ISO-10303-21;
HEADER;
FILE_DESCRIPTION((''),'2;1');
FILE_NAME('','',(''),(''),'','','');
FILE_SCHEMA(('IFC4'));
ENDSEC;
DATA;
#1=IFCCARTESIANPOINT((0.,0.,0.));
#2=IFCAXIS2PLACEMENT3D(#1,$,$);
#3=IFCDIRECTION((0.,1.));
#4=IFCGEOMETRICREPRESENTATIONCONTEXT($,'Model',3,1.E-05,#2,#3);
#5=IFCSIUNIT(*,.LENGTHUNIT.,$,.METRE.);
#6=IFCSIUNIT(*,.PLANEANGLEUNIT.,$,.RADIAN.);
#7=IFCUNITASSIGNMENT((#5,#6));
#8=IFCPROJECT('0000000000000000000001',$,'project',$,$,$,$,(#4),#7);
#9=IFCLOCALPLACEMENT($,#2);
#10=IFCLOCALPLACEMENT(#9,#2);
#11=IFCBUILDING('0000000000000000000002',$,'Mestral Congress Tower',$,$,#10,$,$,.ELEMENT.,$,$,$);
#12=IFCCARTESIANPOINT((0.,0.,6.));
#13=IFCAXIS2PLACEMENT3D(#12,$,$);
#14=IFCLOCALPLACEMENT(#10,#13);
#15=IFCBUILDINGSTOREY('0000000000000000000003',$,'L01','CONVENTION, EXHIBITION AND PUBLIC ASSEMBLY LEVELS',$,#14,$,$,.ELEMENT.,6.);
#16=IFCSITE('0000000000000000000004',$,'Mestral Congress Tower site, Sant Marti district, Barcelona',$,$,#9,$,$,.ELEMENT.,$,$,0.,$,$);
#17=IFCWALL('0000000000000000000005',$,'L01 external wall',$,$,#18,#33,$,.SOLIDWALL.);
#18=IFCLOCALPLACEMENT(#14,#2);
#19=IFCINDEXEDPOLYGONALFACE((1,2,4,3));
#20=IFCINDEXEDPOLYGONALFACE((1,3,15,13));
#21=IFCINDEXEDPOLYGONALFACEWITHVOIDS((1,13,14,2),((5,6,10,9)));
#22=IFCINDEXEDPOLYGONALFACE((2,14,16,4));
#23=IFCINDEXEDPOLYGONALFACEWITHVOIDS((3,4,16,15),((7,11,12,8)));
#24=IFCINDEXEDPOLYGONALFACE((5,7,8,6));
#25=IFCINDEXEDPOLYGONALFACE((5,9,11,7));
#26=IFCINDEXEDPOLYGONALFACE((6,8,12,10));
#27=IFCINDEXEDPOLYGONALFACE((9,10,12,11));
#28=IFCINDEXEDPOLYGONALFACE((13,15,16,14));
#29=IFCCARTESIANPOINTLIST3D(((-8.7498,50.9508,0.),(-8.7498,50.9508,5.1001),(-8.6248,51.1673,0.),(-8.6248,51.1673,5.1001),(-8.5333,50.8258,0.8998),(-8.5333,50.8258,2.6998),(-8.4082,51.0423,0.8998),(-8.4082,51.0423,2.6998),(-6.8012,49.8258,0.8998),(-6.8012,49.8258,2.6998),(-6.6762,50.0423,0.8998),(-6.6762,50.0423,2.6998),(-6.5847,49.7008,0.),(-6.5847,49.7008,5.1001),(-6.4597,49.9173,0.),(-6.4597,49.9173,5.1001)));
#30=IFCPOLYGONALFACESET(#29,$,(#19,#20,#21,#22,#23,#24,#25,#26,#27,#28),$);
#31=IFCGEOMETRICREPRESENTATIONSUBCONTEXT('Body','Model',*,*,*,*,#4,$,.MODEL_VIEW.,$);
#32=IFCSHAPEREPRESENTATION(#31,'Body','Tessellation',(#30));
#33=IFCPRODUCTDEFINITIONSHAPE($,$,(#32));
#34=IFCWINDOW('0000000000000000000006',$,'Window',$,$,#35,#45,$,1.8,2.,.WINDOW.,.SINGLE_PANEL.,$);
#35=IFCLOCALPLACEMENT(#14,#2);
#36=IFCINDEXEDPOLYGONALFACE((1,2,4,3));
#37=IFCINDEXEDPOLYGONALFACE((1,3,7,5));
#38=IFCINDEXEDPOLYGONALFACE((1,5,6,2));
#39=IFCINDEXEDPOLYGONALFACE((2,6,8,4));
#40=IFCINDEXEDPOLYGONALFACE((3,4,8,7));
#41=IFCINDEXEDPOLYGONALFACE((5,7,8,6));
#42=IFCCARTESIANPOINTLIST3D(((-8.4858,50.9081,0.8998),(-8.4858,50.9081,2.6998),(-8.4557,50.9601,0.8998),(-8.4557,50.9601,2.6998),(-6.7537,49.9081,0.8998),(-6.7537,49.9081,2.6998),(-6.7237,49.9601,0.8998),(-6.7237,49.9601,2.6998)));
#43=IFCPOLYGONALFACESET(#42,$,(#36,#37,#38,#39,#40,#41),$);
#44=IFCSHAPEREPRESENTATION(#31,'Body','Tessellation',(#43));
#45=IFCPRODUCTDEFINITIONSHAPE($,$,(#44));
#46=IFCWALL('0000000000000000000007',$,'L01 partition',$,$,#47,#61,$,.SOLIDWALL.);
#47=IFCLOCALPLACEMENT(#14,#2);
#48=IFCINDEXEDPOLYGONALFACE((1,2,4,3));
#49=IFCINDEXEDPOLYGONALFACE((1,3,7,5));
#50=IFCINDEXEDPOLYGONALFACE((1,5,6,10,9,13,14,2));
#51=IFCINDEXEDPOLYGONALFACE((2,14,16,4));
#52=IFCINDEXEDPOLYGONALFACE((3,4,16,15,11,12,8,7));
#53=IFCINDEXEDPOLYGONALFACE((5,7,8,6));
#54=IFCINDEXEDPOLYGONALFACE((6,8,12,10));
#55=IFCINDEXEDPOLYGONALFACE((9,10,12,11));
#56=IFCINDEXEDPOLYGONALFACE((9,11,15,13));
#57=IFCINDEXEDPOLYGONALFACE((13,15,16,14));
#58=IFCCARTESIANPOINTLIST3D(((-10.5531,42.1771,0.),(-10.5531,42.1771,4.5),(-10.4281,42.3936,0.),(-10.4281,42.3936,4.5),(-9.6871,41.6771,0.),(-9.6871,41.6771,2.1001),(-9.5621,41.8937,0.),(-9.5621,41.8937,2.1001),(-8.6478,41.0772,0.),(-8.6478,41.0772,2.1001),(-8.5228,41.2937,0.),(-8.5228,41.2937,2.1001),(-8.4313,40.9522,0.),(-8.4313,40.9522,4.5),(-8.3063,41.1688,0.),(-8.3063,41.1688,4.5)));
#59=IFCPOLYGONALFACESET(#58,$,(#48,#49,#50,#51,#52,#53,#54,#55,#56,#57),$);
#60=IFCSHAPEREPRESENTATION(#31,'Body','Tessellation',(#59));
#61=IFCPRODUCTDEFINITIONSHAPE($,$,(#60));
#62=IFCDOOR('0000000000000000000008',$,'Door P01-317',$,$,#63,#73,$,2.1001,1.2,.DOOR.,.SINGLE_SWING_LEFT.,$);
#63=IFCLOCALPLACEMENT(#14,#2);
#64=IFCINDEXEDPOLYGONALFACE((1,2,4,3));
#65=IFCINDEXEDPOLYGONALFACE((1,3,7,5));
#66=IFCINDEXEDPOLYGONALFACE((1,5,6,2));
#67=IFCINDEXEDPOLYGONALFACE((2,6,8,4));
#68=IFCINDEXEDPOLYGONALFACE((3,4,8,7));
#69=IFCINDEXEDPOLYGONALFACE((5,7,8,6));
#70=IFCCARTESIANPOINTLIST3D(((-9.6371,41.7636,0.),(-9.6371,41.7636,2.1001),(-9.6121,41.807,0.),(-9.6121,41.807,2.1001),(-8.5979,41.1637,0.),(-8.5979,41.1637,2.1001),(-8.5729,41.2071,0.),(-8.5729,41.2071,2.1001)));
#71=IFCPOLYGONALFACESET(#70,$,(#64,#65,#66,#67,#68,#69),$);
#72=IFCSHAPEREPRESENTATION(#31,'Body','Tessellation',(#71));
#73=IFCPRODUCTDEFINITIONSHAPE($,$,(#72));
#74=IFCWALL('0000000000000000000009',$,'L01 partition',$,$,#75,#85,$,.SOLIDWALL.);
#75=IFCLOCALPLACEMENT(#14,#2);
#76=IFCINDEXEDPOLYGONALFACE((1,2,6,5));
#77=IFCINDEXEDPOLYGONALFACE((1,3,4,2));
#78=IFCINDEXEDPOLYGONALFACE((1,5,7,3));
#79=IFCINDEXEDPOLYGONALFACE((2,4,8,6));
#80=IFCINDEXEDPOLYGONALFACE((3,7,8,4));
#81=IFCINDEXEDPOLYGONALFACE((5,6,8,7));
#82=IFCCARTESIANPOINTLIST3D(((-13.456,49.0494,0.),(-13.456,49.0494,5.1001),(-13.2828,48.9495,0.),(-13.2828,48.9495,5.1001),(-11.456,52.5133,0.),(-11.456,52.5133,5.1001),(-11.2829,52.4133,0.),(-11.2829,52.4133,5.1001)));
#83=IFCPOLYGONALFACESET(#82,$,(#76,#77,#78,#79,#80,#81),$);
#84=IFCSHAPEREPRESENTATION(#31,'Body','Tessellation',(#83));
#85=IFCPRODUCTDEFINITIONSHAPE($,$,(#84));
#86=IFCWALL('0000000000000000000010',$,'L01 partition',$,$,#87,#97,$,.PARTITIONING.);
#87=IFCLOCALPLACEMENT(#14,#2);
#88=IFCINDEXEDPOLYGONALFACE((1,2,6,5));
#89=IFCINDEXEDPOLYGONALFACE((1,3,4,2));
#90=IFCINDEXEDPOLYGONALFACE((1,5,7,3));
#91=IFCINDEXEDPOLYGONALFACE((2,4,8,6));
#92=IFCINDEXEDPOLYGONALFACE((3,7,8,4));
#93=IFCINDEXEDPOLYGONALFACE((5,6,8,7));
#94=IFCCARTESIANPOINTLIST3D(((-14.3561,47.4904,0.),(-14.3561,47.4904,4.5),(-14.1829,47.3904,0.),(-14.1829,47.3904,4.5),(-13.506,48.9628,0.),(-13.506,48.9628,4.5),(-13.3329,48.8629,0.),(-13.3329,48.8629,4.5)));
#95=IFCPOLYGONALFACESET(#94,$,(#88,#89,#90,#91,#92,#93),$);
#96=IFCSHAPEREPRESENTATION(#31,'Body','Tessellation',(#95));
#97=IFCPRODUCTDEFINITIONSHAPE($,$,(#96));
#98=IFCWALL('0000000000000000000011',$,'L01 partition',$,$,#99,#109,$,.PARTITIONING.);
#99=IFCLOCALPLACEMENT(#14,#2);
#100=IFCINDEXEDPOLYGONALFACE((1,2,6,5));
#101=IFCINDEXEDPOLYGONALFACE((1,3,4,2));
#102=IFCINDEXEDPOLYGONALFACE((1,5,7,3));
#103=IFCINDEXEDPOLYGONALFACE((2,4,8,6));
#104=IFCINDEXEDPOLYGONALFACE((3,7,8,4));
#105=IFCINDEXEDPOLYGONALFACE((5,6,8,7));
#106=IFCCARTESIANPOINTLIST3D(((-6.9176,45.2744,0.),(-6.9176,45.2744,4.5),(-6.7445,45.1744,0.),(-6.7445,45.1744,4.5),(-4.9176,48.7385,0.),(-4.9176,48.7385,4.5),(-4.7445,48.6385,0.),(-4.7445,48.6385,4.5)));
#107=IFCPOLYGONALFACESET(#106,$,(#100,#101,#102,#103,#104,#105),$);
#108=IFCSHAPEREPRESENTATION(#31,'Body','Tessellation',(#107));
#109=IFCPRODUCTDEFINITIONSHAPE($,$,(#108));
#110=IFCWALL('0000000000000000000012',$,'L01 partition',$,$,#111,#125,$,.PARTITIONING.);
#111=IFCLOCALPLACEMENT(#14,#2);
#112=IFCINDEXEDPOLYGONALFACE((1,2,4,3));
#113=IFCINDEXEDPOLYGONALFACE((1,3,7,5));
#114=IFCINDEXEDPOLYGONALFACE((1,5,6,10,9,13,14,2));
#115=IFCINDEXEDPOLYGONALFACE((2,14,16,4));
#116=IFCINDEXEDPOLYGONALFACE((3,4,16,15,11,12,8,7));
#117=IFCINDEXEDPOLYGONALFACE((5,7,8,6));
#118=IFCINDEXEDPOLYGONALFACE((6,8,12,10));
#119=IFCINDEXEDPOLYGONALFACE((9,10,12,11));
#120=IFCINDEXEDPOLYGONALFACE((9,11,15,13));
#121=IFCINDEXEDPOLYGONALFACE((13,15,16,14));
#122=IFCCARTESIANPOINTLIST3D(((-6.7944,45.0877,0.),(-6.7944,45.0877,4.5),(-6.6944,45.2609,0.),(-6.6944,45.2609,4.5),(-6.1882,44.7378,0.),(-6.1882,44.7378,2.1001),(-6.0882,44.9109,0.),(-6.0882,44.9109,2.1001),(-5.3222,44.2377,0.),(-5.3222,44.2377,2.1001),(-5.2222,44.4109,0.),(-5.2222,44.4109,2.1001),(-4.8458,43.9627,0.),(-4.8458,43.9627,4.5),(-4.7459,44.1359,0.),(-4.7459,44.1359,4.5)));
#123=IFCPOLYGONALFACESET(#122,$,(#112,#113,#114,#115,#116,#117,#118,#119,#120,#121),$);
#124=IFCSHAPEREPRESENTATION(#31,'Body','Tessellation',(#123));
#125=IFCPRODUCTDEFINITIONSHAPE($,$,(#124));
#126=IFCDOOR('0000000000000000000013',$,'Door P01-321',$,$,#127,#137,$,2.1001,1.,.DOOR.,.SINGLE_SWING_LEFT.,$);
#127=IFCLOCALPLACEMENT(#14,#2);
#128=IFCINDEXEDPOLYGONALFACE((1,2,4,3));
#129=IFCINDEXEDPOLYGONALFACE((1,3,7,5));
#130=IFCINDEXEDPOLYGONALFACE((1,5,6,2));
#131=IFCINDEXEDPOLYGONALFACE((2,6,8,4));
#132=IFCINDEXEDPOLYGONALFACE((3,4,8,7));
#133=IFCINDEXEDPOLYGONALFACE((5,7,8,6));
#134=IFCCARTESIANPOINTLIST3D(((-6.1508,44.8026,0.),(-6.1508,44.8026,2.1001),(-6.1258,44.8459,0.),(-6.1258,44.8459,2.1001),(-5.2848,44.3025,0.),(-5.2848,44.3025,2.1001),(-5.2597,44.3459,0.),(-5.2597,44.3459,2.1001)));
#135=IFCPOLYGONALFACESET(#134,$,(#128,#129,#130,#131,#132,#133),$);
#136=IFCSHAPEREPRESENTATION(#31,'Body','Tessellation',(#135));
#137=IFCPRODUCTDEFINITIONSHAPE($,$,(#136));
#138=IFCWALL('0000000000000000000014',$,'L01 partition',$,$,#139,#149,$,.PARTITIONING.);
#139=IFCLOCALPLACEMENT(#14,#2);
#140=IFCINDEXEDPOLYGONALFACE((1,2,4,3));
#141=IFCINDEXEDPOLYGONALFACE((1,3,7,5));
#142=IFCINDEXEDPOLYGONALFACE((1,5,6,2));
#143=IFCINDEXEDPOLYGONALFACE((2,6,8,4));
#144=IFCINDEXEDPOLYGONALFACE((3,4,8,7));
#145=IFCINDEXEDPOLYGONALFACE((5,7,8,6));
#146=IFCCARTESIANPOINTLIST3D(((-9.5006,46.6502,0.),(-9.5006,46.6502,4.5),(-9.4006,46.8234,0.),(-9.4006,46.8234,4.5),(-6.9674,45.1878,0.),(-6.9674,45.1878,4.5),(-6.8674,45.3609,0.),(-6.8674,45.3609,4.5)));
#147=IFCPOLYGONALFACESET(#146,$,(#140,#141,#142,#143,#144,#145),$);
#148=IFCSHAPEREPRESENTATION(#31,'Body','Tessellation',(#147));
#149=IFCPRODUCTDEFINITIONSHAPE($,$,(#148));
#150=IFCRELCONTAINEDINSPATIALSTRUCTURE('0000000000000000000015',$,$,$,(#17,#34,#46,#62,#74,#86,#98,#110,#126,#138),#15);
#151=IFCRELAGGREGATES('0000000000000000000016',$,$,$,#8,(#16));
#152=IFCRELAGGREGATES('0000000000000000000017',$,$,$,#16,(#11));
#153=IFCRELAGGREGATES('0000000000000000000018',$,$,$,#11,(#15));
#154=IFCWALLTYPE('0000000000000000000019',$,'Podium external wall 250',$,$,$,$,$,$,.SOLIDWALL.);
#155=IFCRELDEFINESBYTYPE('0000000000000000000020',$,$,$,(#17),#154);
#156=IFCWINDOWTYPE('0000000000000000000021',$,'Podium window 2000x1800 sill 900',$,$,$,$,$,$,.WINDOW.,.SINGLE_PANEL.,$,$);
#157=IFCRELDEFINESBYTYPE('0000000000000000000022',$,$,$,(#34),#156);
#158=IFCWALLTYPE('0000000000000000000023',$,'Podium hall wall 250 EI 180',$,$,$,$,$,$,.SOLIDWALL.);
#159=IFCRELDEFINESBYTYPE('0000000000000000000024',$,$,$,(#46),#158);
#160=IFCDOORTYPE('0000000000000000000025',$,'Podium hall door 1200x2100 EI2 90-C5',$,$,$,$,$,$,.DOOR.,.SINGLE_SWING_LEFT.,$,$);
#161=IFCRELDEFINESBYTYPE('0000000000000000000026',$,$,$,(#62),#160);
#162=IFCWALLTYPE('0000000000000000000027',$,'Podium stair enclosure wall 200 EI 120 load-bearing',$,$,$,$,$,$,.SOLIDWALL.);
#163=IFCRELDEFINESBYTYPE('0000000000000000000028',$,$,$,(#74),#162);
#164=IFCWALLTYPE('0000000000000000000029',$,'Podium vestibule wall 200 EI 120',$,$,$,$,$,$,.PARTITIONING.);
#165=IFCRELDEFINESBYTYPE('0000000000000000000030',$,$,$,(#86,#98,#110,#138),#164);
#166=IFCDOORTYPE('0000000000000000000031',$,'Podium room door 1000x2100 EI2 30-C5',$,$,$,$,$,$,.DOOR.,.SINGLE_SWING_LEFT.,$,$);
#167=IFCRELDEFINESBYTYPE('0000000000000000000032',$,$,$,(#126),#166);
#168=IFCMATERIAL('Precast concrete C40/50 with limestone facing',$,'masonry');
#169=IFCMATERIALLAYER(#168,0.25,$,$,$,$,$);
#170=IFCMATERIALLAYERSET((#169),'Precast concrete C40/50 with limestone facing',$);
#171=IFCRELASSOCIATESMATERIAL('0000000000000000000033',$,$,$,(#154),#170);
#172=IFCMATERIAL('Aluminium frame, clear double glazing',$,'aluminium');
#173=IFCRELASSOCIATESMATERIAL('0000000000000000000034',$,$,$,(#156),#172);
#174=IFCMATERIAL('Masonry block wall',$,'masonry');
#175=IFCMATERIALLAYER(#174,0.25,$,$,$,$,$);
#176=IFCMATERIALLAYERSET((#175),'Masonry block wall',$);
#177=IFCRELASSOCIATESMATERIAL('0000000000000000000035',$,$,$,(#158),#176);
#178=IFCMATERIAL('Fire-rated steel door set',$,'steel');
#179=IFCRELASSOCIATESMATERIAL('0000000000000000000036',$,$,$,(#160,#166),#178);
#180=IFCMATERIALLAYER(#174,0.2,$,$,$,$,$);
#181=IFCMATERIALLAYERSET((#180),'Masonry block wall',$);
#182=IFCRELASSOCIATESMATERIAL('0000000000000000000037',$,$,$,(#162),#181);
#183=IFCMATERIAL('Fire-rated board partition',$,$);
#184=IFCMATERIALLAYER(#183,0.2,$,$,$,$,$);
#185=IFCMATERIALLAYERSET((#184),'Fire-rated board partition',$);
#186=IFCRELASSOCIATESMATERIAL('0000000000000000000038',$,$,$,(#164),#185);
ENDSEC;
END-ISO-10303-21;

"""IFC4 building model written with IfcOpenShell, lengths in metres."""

from ifc_helpers import new_model, si_unit, direction, frame, frame_2d, origin, place, context, subcontext, project, spatial, rectangle, extrude, material, layer, layer_set, type_object, element, fill, save


model = new_model("IFC4")

# Units and contexts
model_context = context("Model", 3, precision=1e-05, world=origin(), true_north=direction((0.0, 1.0)))
body_context = subcontext(model_context, "Body", "Model", "MODEL_VIEW")
ifc_project = project(units=[si_unit("LENGTHUNIT", "METRE"), si_unit("PLANEANGLEUNIT", "RADIAN")], contexts=[model_context])

# Site, building, storey
site_placement = place(None, origin())
site = spatial("IfcSite", under=ifc_project, at=site_placement, Name="Mestral Congress Tower site, Sant Marti district, Barcelona", CompositionType="ELEMENT", RefElevation=0.0)
building_placement = place(site_placement, origin())
building = spatial("IfcBuilding", under=site, at=building_placement, Name="Mestral Congress Tower", CompositionType="ELEMENT")
storey_placement = place(building_placement, frame((0.0, 0.0, 6.0)))
storey = spatial("IfcBuildingStorey", under=building, at=storey_placement, Name="L01", Description="CONVENTION, EXHIBITION AND PUBLIC ASSEMBLY LEVELS", CompositionType="ELEMENT", Elevation=6.0)

# Shared definitions
ifc_material_1 = material(Name="Precast concrete C40/50 with limestone facing", Category="masonry")
ifc_layer_1 = layer(ifc_material_1, 0.25)
ifc_layer_set_1 = layer_set([ifc_layer_1], Name="Precast concrete C40/50 with limestone facing")
wall_type_1 = type_object("IfcWallType", Name="Podium external wall 250", PredefinedType="SOLIDWALL", material=ifc_layer_set_1)

# Wall, opening, window
wall_1_placement = place(storey_placement, frame((-8.6873, 51.0591, 0.0), z_axis=(0.0, 0.0, 1.0), x_axis=(0.866023, -0.500004, 0.0)))
wall_1 = element("IfcWall", 1, at=wall_1_placement, inside=storey, type_object=wall_type_1, Name="L01 external wall", PredefinedType="SOLIDWALL", context=body_context, shape_type="SweptSolid", body=[
    extrude(rectangle(XDim=2.5, YDim=0.25, at=frame_2d((1.25, 0.0))), origin(), (0.0, 0.0, 1.0), 5.1001),
])
opening_1_placement = place(wall_1_placement, frame((0.25, 0.0, 0.8999)))
opening_1 = element("IfcOpeningElement", 2, at=opening_1_placement, cuts=wall_1, PredefinedType="OPENING", context=body_context, shape_type="SweptSolid", body=[
    extrude(rectangle(XDim=2.0, YDim=1.8, at=frame_2d((1.0, 0.8999))), frame((0.0, 0.135, 0.0), z_axis=(0.0, -1.0, 0.0), x_axis=(1.0, 0.0, 0.0)), (0.0, 0.0, 1.0), 0.27),
])
ifc_material_2 = material(Name="Aluminium frame, clear double glazing", Category="aluminium")
window_type = type_object("IfcWindowType", Name="Podium window 2000x1800 sill 900", PartitioningType="SINGLE_PANEL", PredefinedType="WINDOW", material=ifc_material_2)
window_placement = place(opening_1_placement, origin())
window = element("IfcWindow", 3, at=window_placement, inside=storey, type_object=window_type, Name="Window", OverallHeight=1.8, OverallWidth=2.0, PartitioningType="SINGLE_PANEL", PredefinedType="WINDOW", context=body_context, shape_type="SweptSolid", body=[
    extrude(rectangle(XDim=2.0, YDim=1.8, at=frame_2d((1.0, 0.8999))), frame((0.0, 0.03, 0.0), z_axis=(0.0, -1.0, 0.0), x_axis=(1.0, 0.0, 0.0)), (0.0, 0.0, 1.0), 0.0601),
])
fill(opening_1, window)

# Wall, opening, door
ifc_material_3 = material(Name="Masonry block wall", Category="masonry")
ifc_layer_2 = layer(ifc_material_3, 0.25)
ifc_layer_set_2 = layer_set([ifc_layer_2], Name="Masonry block wall")
wall_type_2 = type_object("IfcWallType", Name="Podium hall wall 250 EI 180", PredefinedType="SOLIDWALL", material=ifc_layer_set_2)
wall_2_placement = place(storey_placement, frame((-10.4907, 42.2854, 0.0), z_axis=(0.0, 0.0, 1.0), x_axis=(0.866058, -0.499944, 0.0)))
wall_2 = element("IfcWall", 4, at=wall_2_placement, inside=storey, type_object=wall_type_2, Name="L01 partition", PredefinedType="SOLIDWALL", context=body_context, shape_type="SweptSolid", body=[
    extrude(rectangle(XDim=2.45, YDim=0.25, at=frame_2d((1.2251, 0.0))), origin(), (0.0, 0.0, 1.0), 4.5),
])
opening_2_placement = place(wall_2_placement, frame((1.0, 0.0, 0.0)))
opening_2 = element("IfcOpeningElement", 5, at=opening_2_placement, cuts=wall_2, PredefinedType="OPENING", context=body_context, shape_type="SweptSolid", body=[
    extrude(rectangle(XDim=1.2, YDim=2.1001, at=frame_2d((0.6001, 1.05))), frame((0.0, 0.135, 0.0), z_axis=(0.0, -1.0, 0.0), x_axis=(1.0, 0.0, 0.0)), (0.0, 0.0, 1.0), 0.27),
])
ifc_material_4 = material(Name="Fire-rated steel door set", Category="steel")
door_type_1 = type_object("IfcDoorType", Name="Podium hall door 1200x2100 EI2 90-C5", OperationType="SINGLE_SWING_LEFT", PredefinedType="DOOR", material=ifc_material_4)
door_1_placement = place(opening_2_placement, origin())
door_1 = element("IfcDoor", 6, at=door_1_placement, inside=storey, type_object=door_type_1, Name="Door P01-317", OperationType="SINGLE_SWING_LEFT", OverallHeight=2.1001, OverallWidth=1.2, PredefinedType="DOOR", context=body_context, shape_type="SweptSolid", body=[
    extrude(rectangle(XDim=1.2, YDim=2.1001, at=frame_2d((0.6001, 1.05))), frame((0.0, 0.0249, 0.0), z_axis=(0.0, -1.0, 0.0), x_axis=(1.0, 0.0, 0.0)), (0.0, 0.0, 1.0), 0.05),
])
fill(opening_2, door_1)

# Walls
ifc_layer_3 = layer(ifc_material_3, 0.2)
ifc_layer_set_3 = layer_set([ifc_layer_3], Name="Masonry block wall")
wall_type_3 = type_object("IfcWallType", Name="Podium stair enclosure wall 200 EI 120 load-bearing", PredefinedType="SOLIDWALL", material=ifc_layer_set_3)
wall_3_placement = place(storey_placement, frame((-11.3694, 52.4634, 0.0), z_axis=(0.0, 0.0, 1.0), x_axis=(-0.500025, -0.866011, 0.0)))
element("IfcWall", 7, at=wall_3_placement, inside=storey, type_object=wall_type_3, Name="L01 partition", PredefinedType="SOLIDWALL", context=body_context, shape_type="SweptSolid", body=[
    extrude(rectangle(XDim=3.9998, YDim=0.2, at=frame_2d((2.0, 0.0))), origin(), (0.0, 0.0, 1.0), 5.1001),
])
ifc_material_5 = material(Name="Fire-rated board partition")
ifc_layer_4 = layer(ifc_material_5, 0.2)
ifc_layer_set_4 = layer_set([ifc_layer_4], Name="Fire-rated board partition")
wall_type_4 = type_object("IfcWallType", Name="Podium vestibule wall 200 EI 120", PredefinedType="PARTITIONING", material=ifc_layer_set_4)
wall_4_placement = place(storey_placement, frame((-13.4194, 48.9128, 0.0), z_axis=(0.0, 0.0, 1.0), x_axis=(-0.5, -0.866025, 0.0)))
element("IfcWall", 8, at=wall_4_placement, inside=storey, type_object=wall_type_4, Name="L01 partition", PredefinedType="PARTITIONING", context=body_context, shape_type="SweptSolid", body=[
    extrude(rectangle(XDim=1.7002, YDim=0.2, at=frame_2d((0.8501, 0.0))), origin(), (0.0, 0.0, 1.0), 4.5),
])
wall_5_placement = place(storey_placement, frame((-4.8311, 48.6885, 0.0), z_axis=(0.0, 0.0, 1.0), x_axis=(-0.499999, -0.866026, 0.0)))
element("IfcWall", 9, at=wall_5_placement, inside=storey, type_object=wall_type_4, Name="L01 partition", PredefinedType="PARTITIONING", context=body_context, shape_type="SweptSolid", body=[
    extrude(rectangle(XDim=4.0, YDim=0.2, at=frame_2d((2.0, 0.0))), origin(), (0.0, 0.0, 1.0), 4.5),
])

# Wall, opening, door
wall_6_placement = place(storey_placement, frame((-6.7444, 45.1743, 0.0), z_axis=(0.0, 0.0, 1.0), x_axis=(0.866018, -0.500014, 0.0)))
wall_6 = element("IfcWall", 10, at=wall_6_placement, inside=storey, type_object=wall_type_4, Name="L01 partition", PredefinedType="PARTITIONING", context=body_context, shape_type="SweptSolid", body=[
    extrude(rectangle(XDim=2.25, YDim=0.2, at=frame_2d((1.125, 0.0))), origin(), (0.0, 0.0, 1.0), 4.5),
])
opening_3_placement = place(wall_6_placement, frame((0.7, 0.0, 0.0)))
opening_3 = element("IfcOpeningElement", 11, at=opening_3_placement, cuts=wall_6, PredefinedType="OPENING", context=body_context, shape_type="SweptSolid", body=[
    extrude(rectangle(XDim=1.0, YDim=2.1001, at=frame_2d((0.5, 1.05))), frame((0.0, 0.1099, 0.0), z_axis=(0.0, -1.0, 0.0), x_axis=(1.0, 0.0, 0.0)), (0.0, 0.0, 1.0), 0.22),
])
door_type_2 = type_object("IfcDoorType", Name="Podium room door 1000x2100 EI2 30-C5", OperationType="SINGLE_SWING_LEFT", PredefinedType="DOOR", material=ifc_material_4)
door_2_placement = place(opening_3_placement, origin())
door_2 = element("IfcDoor", 12, at=door_2_placement, inside=storey, type_object=door_type_2, Name="Door P01-321", OperationType="SINGLE_SWING_LEFT", OverallHeight=2.1001, OverallWidth=1.0, PredefinedType="DOOR", context=body_context, shape_type="SweptSolid", body=[
    extrude(rectangle(XDim=1.0, YDim=2.1001, at=frame_2d((0.5, 1.05))), frame((0.0, 0.0249, 0.0), z_axis=(0.0, -1.0, 0.0), x_axis=(1.0, 0.0, 0.0)), (0.0, 0.0, 1.0), 0.05),
])
fill(opening_3, door_2)

# Wall
wall_7_placement = place(storey_placement, frame((-6.9175, 45.2744, 0.0), z_axis=(0.0, 0.0, 1.0), x_axis=(-0.866047, 0.499963, 0.0)))
element("IfcWall", 13, at=wall_7_placement, inside=storey, type_object=wall_type_4, Name="L01 partition", PredefinedType="PARTITIONING", context=body_context, shape_type="SweptSolid", body=[
    extrude(rectangle(XDim=2.925, YDim=0.2, at=frame_2d((1.4624, 0.0))), origin(), (0.0, 0.0, 1.0), 4.5),
])

save(model, "model.ifc")
